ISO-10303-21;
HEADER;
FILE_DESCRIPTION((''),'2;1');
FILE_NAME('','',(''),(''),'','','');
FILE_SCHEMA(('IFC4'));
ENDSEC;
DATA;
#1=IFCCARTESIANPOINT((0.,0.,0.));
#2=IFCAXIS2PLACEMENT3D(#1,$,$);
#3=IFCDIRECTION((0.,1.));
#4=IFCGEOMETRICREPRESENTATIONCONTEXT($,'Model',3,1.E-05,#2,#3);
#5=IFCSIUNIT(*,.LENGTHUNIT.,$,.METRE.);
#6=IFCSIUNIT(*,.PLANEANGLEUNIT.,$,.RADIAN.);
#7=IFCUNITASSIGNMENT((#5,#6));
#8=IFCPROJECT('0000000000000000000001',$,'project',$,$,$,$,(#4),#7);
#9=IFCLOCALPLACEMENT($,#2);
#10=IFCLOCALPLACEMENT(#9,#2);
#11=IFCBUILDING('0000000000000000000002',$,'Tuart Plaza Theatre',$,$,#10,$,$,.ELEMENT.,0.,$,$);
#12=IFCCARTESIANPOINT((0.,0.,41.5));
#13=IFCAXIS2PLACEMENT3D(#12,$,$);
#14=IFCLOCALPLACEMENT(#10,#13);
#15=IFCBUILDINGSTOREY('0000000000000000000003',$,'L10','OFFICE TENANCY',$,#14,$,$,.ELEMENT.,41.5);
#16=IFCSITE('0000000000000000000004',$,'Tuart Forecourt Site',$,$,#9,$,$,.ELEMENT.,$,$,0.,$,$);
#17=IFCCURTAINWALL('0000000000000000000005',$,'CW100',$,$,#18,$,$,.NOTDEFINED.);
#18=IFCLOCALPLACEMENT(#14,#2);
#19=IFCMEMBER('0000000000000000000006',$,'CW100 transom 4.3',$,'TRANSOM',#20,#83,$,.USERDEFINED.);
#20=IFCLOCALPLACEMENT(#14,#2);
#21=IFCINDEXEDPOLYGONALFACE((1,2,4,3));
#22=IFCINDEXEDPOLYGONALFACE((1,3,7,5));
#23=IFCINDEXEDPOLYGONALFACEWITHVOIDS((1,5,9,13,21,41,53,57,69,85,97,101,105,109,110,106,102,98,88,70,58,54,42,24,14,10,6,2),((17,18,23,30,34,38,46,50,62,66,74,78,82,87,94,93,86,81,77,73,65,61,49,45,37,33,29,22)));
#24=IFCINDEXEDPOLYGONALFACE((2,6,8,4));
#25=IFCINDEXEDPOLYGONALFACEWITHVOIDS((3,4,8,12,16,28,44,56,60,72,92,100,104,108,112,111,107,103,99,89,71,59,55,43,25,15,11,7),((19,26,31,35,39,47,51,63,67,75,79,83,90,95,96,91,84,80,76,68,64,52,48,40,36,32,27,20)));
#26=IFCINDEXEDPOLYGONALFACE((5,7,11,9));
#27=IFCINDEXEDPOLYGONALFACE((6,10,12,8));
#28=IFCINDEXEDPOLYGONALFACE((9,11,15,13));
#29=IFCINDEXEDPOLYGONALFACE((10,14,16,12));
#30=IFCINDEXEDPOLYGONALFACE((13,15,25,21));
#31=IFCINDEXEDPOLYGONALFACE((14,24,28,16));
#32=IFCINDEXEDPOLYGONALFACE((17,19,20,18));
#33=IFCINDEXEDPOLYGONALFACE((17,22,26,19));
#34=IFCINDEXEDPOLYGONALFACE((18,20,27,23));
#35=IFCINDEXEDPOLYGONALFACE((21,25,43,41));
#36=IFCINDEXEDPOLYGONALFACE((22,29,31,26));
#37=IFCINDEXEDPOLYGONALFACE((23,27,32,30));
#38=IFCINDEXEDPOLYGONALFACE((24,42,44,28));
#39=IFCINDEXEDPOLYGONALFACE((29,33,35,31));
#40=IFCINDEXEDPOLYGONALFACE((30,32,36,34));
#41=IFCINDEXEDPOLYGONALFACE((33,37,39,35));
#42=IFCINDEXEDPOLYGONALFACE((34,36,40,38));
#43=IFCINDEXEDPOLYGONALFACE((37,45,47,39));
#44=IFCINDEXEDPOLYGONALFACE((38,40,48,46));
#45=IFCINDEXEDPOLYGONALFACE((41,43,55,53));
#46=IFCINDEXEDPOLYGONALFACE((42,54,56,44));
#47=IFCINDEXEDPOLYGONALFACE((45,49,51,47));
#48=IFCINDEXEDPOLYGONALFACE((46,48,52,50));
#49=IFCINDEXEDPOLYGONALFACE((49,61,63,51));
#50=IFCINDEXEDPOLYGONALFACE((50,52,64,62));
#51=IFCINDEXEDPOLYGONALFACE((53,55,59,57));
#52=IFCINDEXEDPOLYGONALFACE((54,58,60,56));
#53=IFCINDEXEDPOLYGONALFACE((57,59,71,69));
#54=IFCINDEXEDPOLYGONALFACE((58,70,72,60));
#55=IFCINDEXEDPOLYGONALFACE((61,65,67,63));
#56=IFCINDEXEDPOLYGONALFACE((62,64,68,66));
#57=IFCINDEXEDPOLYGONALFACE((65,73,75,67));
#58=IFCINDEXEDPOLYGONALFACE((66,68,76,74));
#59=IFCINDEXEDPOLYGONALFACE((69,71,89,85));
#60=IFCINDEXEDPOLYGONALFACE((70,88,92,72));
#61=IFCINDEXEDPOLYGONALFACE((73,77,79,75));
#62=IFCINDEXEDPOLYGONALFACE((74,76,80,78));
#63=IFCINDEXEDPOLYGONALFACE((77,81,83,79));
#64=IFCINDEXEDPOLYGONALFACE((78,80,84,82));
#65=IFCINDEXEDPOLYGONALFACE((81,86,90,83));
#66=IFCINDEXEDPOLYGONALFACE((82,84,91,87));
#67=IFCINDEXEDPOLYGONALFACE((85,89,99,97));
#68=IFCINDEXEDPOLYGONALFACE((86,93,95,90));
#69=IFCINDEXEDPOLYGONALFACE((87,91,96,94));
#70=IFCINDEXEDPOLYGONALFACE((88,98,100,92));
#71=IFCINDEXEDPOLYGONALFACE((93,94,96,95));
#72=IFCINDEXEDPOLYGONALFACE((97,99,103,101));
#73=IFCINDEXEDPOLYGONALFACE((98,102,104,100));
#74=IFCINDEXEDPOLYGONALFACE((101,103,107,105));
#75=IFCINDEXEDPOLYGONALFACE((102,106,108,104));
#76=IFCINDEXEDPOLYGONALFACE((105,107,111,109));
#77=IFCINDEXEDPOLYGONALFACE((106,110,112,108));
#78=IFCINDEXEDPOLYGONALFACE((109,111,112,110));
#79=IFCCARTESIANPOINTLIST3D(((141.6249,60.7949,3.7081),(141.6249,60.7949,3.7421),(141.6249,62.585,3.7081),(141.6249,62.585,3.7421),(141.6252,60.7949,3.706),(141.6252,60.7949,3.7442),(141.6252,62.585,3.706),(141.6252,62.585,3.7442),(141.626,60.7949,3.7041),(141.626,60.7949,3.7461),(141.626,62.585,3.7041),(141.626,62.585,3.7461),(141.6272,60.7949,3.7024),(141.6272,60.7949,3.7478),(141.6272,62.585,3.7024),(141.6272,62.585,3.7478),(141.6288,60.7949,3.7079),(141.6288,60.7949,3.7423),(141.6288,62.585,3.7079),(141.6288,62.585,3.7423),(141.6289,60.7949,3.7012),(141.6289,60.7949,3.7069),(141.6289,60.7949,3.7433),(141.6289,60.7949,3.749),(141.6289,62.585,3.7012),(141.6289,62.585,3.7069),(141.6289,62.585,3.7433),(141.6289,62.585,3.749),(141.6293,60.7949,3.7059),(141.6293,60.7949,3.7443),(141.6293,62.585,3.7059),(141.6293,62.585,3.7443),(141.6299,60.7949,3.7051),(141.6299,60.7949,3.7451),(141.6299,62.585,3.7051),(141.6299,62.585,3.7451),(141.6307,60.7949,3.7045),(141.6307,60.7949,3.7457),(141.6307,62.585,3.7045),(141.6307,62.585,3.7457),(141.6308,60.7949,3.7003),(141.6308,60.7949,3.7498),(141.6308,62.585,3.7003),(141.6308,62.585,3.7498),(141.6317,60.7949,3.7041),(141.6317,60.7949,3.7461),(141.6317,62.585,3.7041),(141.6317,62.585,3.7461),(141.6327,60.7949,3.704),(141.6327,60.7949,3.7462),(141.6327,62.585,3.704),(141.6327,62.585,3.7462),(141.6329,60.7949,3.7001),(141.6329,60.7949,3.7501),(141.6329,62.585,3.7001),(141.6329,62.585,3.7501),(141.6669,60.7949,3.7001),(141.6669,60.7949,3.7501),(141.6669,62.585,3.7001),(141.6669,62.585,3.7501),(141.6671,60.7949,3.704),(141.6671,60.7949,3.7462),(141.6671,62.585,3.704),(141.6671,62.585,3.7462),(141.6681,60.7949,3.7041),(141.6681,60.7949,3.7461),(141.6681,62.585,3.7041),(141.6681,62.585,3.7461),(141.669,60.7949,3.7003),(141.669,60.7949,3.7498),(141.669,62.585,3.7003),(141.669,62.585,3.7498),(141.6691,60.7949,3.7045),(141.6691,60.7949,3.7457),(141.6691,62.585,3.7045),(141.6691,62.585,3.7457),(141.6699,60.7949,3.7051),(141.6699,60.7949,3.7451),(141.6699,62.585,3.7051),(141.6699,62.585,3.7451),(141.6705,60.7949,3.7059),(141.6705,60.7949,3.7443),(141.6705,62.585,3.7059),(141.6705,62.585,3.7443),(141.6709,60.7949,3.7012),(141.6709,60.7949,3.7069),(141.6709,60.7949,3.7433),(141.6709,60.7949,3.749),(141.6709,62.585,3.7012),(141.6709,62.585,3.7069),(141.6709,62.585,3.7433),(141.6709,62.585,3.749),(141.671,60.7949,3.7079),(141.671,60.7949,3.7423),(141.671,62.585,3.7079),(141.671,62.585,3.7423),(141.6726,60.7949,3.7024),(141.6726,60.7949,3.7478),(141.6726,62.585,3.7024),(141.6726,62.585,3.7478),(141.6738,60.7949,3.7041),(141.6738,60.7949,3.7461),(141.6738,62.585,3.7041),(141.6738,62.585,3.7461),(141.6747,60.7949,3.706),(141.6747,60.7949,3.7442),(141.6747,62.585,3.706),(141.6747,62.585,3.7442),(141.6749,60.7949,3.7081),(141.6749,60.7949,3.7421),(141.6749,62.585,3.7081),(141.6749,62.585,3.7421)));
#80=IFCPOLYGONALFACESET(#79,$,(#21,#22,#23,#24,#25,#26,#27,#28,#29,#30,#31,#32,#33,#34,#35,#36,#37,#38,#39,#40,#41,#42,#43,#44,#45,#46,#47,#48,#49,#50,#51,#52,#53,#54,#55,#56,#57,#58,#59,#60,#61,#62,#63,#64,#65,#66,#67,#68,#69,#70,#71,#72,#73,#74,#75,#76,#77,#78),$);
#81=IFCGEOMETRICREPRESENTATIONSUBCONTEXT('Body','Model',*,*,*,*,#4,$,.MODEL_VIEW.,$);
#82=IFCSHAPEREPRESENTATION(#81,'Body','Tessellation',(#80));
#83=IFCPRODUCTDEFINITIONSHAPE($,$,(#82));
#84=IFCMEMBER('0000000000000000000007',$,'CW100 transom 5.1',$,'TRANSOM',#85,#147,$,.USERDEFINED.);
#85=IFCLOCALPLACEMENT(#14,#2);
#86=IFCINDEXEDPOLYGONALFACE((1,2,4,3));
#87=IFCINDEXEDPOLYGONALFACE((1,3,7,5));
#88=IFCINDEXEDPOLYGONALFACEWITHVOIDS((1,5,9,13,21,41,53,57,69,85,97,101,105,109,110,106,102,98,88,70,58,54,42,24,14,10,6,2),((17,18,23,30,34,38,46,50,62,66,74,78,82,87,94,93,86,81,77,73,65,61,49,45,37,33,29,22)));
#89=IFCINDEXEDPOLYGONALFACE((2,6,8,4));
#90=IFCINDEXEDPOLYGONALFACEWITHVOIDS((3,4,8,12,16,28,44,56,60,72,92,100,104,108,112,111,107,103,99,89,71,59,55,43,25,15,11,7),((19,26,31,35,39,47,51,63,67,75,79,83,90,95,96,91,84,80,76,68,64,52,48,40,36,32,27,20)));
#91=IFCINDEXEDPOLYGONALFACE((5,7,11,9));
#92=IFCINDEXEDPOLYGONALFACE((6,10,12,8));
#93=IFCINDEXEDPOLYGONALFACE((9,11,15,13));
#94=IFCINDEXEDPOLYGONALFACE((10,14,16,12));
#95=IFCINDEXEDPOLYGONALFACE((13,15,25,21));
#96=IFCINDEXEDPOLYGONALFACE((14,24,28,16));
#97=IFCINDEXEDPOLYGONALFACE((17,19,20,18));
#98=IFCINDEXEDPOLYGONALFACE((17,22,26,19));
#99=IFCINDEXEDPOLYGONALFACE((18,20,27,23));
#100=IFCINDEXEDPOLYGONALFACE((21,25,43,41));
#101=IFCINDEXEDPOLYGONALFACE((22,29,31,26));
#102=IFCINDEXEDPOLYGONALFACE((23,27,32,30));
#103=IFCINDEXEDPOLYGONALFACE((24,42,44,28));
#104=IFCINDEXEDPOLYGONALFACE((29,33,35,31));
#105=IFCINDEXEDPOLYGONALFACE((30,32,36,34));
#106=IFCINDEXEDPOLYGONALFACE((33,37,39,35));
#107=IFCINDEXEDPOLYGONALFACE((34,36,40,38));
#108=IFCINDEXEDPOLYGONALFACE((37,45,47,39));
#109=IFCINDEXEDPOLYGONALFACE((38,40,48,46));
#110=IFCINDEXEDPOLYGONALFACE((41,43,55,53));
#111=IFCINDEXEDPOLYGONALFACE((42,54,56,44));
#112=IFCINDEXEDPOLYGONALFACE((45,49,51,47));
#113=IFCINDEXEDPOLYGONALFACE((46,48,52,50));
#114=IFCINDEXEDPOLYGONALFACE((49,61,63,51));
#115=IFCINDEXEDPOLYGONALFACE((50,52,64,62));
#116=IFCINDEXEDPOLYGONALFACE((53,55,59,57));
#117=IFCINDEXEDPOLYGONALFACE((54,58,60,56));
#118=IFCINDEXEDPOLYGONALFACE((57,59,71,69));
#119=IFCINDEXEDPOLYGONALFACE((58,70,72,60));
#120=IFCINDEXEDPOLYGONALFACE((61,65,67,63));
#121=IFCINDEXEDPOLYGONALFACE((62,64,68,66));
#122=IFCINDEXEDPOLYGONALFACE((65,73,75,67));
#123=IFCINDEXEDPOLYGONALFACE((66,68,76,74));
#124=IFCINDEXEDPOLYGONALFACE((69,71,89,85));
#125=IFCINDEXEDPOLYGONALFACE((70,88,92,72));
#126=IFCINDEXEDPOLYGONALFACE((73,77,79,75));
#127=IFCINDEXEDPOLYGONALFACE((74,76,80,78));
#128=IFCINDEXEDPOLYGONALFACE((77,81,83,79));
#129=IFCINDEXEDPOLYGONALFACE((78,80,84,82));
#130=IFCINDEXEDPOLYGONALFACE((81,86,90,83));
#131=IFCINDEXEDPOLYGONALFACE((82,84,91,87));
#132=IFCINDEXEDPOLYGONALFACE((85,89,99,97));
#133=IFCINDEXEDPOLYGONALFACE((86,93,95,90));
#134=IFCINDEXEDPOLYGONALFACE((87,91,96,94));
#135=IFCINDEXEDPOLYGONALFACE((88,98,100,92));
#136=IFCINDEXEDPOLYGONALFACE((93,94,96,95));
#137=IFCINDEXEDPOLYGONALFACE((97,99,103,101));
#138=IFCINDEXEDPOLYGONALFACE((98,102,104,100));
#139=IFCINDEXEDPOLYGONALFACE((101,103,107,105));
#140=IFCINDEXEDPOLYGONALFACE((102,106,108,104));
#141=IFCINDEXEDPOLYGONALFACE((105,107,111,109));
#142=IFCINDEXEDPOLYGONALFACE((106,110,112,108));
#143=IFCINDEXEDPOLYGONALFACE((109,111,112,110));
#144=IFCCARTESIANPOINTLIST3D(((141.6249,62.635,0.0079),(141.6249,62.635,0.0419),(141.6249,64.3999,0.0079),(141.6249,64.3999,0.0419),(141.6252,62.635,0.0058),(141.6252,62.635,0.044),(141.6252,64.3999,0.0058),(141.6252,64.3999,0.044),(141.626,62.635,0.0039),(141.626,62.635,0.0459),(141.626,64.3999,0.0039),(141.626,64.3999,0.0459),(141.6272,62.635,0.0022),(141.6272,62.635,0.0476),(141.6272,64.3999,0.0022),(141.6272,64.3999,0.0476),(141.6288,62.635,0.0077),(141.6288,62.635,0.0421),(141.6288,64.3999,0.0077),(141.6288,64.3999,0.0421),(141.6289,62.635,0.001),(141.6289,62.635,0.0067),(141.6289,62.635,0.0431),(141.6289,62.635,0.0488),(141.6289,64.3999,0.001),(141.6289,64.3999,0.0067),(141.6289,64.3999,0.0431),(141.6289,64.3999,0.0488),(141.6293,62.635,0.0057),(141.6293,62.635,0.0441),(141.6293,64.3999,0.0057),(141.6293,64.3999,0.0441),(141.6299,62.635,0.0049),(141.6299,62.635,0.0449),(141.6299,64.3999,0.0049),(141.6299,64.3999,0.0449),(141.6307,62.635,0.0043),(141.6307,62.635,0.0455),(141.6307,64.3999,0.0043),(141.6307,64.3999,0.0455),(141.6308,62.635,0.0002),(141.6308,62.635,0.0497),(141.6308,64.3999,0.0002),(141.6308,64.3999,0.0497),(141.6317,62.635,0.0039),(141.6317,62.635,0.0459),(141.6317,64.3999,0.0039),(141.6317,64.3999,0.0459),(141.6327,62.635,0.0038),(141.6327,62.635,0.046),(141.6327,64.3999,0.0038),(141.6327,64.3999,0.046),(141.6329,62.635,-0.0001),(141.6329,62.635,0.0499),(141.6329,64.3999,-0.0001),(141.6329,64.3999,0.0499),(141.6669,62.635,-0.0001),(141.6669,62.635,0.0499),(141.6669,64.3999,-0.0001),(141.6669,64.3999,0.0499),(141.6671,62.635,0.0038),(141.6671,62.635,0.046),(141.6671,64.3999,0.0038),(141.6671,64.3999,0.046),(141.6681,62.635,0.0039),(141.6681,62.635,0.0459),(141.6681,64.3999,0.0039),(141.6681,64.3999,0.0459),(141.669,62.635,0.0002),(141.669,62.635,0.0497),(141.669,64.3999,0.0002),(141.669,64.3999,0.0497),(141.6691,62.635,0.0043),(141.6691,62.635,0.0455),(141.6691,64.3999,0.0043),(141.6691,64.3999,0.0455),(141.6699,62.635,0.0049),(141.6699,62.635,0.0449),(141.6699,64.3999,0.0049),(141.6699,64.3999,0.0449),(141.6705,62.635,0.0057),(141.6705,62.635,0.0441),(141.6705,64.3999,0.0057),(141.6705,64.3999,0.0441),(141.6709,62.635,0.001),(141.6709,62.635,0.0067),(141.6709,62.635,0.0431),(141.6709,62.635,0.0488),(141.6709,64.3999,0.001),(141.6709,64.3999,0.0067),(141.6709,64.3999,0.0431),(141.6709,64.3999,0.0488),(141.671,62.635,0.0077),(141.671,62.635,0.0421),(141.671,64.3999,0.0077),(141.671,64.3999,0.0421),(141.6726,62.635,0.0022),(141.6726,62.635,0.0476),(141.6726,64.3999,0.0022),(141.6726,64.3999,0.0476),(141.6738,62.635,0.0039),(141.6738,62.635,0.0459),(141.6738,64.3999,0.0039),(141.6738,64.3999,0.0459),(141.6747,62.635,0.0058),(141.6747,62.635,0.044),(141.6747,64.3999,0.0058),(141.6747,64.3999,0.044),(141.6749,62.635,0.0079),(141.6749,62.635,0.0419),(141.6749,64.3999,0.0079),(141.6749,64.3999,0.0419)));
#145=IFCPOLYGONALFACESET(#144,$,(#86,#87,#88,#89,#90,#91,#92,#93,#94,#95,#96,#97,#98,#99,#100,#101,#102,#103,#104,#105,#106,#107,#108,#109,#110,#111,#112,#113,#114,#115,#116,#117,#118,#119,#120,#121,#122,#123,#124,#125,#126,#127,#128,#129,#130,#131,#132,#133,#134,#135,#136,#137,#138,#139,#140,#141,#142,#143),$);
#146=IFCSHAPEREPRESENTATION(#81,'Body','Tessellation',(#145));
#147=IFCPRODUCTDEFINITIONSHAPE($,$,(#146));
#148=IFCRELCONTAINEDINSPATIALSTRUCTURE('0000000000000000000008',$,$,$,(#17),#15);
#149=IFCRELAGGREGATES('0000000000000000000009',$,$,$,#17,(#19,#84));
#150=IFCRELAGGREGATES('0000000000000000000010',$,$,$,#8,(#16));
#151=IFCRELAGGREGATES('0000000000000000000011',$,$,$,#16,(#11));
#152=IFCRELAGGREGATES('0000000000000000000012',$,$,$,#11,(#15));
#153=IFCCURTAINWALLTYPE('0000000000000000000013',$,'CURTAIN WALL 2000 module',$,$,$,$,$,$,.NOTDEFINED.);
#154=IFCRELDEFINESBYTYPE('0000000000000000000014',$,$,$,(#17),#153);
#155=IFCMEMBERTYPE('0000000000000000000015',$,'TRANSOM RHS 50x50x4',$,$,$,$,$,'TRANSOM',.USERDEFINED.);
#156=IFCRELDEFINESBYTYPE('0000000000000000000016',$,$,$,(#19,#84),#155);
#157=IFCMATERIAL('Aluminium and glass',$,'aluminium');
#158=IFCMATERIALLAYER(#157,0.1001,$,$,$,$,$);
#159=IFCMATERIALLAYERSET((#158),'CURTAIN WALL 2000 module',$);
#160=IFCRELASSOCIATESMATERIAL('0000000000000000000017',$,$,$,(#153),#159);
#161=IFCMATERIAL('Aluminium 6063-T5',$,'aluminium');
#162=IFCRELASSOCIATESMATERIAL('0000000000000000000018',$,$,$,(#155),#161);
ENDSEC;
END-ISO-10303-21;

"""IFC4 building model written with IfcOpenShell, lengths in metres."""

from ifc_helpers import new_model, si_unit, direction, frame, origin, origin_2d, place, context, subcontext, project, spatial, hollow_rectangle, extrude, material, layer, layer_set, material_profile, profile_set, type_object, element, aggregate, save


model = new_model("IFC4")

# Units and contexts
model_context = context("Model", 3, precision=1e-05, world=origin(), true_north=direction((0.0, 1.0)))
body_context = subcontext(model_context, "Body", "Model", "MODEL_VIEW")
ifc_project = project(units=[si_unit("LENGTHUNIT", "METRE"), si_unit("PLANEANGLEUNIT", "RADIAN")], contexts=[model_context])

# Site, building, storey
site_placement = place(None, origin())
site = spatial("IfcSite", under=ifc_project, at=site_placement, Name="Tuart Forecourt Site", CompositionType="ELEMENT", RefElevation=0.0)
building_placement = place(site_placement, origin())
building = spatial("IfcBuilding", under=site, at=building_placement, Name="Tuart Plaza Theatre", CompositionType="ELEMENT", ElevationOfRefHeight=0.0)
storey_placement = place(building_placement, frame((0.0, 0.0, 41.5)))
storey = spatial("IfcBuildingStorey", under=building, at=storey_placement, Name="L10", Description="OFFICE TENANCY", CompositionType="ELEMENT", Elevation=41.5)

# Curtain wall
ifc_material_1 = material(Name="Aluminium and glass", Category="aluminium")
ifc_layer_1 = layer(ifc_material_1, 0.1001)
ifc_layer_set_1 = layer_set([ifc_layer_1], Name="CURTAIN WALL 2000 module")
curtain_wall_type = type_object("IfcCurtainWallType", Name="CURTAIN WALL 2000 module", PredefinedType="NOTDEFINED", material=ifc_layer_set_1)
curtain_wall_1_placement = place(storey_placement, origin())
curtain_wall_1 = element("IfcCurtainWall", 1, at=curtain_wall_1_placement, inside=storey, type_object=curtain_wall_type, Name="CW100", PredefinedType="NOTDEFINED")

# Members
ifc_material_2 = material(Name="Aluminium 6063-T5", Category="aluminium")
ifc_material_profile_1 = material_profile(ifc_material_2, hollow_rectangle(XDim=0.05, YDim=0.05, WallThickness=0.0039, InnerFilletRadius=0.0039, OuterFilletRadius=0.0081, at=origin_2d()), Name="RHS 50x50x4")
ifc_profile_set_1 = profile_set([ifc_material_profile_1], Name="Aluminium 6063-T5")
member_type_1 = type_object("IfcMemberType", Name="TRANSOM RHS 50x50x4", ElementType="TRANSOM", PredefinedType="USERDEFINED", material=ifc_profile_set_1)
member_1_placement = place(storey_placement, frame((141.6499, 60.7949, 3.7251), z_axis=(0.0, 1.0, 0.0), x_axis=(-1.0, 0.0, 0.0)))
member_1 = element("IfcMember", 2, at=member_1_placement, type_object=member_type_1, Name="CW100 transom 4.3", ObjectType="TRANSOM", PredefinedType="USERDEFINED", context=body_context, shape_type="SweptSolid", body=[
    extrude(hollow_rectangle(XDim=0.05, YDim=0.05, WallThickness=0.0039, InnerFilletRadius=0.0039, OuterFilletRadius=0.0081, at=origin_2d()), origin(), (0.0, 0.0, 1.0), 1.79),
])
member_2_placement = place(storey_placement, frame((141.6499, 62.635, 0.0249), z_axis=(0.0, 1.0, 0.0), x_axis=(-1.0, 0.0, 0.0)))
member_2 = element("IfcMember", 3, at=member_2_placement, type_object=member_type_1, Name="CW100 transom 5.1", ObjectType="TRANSOM", PredefinedType="USERDEFINED", context=body_context, shape_type="SweptSolid", body=[
    extrude(hollow_rectangle(XDim=0.05, YDim=0.05, WallThickness=0.0039, InnerFilletRadius=0.0039, OuterFilletRadius=0.0081, at=origin_2d()), origin(), (0.0, 0.0, 1.0), 1.7649),
])

aggregate(curtain_wall_1, [member_1, member_2])

save(model, "model.ifc")
